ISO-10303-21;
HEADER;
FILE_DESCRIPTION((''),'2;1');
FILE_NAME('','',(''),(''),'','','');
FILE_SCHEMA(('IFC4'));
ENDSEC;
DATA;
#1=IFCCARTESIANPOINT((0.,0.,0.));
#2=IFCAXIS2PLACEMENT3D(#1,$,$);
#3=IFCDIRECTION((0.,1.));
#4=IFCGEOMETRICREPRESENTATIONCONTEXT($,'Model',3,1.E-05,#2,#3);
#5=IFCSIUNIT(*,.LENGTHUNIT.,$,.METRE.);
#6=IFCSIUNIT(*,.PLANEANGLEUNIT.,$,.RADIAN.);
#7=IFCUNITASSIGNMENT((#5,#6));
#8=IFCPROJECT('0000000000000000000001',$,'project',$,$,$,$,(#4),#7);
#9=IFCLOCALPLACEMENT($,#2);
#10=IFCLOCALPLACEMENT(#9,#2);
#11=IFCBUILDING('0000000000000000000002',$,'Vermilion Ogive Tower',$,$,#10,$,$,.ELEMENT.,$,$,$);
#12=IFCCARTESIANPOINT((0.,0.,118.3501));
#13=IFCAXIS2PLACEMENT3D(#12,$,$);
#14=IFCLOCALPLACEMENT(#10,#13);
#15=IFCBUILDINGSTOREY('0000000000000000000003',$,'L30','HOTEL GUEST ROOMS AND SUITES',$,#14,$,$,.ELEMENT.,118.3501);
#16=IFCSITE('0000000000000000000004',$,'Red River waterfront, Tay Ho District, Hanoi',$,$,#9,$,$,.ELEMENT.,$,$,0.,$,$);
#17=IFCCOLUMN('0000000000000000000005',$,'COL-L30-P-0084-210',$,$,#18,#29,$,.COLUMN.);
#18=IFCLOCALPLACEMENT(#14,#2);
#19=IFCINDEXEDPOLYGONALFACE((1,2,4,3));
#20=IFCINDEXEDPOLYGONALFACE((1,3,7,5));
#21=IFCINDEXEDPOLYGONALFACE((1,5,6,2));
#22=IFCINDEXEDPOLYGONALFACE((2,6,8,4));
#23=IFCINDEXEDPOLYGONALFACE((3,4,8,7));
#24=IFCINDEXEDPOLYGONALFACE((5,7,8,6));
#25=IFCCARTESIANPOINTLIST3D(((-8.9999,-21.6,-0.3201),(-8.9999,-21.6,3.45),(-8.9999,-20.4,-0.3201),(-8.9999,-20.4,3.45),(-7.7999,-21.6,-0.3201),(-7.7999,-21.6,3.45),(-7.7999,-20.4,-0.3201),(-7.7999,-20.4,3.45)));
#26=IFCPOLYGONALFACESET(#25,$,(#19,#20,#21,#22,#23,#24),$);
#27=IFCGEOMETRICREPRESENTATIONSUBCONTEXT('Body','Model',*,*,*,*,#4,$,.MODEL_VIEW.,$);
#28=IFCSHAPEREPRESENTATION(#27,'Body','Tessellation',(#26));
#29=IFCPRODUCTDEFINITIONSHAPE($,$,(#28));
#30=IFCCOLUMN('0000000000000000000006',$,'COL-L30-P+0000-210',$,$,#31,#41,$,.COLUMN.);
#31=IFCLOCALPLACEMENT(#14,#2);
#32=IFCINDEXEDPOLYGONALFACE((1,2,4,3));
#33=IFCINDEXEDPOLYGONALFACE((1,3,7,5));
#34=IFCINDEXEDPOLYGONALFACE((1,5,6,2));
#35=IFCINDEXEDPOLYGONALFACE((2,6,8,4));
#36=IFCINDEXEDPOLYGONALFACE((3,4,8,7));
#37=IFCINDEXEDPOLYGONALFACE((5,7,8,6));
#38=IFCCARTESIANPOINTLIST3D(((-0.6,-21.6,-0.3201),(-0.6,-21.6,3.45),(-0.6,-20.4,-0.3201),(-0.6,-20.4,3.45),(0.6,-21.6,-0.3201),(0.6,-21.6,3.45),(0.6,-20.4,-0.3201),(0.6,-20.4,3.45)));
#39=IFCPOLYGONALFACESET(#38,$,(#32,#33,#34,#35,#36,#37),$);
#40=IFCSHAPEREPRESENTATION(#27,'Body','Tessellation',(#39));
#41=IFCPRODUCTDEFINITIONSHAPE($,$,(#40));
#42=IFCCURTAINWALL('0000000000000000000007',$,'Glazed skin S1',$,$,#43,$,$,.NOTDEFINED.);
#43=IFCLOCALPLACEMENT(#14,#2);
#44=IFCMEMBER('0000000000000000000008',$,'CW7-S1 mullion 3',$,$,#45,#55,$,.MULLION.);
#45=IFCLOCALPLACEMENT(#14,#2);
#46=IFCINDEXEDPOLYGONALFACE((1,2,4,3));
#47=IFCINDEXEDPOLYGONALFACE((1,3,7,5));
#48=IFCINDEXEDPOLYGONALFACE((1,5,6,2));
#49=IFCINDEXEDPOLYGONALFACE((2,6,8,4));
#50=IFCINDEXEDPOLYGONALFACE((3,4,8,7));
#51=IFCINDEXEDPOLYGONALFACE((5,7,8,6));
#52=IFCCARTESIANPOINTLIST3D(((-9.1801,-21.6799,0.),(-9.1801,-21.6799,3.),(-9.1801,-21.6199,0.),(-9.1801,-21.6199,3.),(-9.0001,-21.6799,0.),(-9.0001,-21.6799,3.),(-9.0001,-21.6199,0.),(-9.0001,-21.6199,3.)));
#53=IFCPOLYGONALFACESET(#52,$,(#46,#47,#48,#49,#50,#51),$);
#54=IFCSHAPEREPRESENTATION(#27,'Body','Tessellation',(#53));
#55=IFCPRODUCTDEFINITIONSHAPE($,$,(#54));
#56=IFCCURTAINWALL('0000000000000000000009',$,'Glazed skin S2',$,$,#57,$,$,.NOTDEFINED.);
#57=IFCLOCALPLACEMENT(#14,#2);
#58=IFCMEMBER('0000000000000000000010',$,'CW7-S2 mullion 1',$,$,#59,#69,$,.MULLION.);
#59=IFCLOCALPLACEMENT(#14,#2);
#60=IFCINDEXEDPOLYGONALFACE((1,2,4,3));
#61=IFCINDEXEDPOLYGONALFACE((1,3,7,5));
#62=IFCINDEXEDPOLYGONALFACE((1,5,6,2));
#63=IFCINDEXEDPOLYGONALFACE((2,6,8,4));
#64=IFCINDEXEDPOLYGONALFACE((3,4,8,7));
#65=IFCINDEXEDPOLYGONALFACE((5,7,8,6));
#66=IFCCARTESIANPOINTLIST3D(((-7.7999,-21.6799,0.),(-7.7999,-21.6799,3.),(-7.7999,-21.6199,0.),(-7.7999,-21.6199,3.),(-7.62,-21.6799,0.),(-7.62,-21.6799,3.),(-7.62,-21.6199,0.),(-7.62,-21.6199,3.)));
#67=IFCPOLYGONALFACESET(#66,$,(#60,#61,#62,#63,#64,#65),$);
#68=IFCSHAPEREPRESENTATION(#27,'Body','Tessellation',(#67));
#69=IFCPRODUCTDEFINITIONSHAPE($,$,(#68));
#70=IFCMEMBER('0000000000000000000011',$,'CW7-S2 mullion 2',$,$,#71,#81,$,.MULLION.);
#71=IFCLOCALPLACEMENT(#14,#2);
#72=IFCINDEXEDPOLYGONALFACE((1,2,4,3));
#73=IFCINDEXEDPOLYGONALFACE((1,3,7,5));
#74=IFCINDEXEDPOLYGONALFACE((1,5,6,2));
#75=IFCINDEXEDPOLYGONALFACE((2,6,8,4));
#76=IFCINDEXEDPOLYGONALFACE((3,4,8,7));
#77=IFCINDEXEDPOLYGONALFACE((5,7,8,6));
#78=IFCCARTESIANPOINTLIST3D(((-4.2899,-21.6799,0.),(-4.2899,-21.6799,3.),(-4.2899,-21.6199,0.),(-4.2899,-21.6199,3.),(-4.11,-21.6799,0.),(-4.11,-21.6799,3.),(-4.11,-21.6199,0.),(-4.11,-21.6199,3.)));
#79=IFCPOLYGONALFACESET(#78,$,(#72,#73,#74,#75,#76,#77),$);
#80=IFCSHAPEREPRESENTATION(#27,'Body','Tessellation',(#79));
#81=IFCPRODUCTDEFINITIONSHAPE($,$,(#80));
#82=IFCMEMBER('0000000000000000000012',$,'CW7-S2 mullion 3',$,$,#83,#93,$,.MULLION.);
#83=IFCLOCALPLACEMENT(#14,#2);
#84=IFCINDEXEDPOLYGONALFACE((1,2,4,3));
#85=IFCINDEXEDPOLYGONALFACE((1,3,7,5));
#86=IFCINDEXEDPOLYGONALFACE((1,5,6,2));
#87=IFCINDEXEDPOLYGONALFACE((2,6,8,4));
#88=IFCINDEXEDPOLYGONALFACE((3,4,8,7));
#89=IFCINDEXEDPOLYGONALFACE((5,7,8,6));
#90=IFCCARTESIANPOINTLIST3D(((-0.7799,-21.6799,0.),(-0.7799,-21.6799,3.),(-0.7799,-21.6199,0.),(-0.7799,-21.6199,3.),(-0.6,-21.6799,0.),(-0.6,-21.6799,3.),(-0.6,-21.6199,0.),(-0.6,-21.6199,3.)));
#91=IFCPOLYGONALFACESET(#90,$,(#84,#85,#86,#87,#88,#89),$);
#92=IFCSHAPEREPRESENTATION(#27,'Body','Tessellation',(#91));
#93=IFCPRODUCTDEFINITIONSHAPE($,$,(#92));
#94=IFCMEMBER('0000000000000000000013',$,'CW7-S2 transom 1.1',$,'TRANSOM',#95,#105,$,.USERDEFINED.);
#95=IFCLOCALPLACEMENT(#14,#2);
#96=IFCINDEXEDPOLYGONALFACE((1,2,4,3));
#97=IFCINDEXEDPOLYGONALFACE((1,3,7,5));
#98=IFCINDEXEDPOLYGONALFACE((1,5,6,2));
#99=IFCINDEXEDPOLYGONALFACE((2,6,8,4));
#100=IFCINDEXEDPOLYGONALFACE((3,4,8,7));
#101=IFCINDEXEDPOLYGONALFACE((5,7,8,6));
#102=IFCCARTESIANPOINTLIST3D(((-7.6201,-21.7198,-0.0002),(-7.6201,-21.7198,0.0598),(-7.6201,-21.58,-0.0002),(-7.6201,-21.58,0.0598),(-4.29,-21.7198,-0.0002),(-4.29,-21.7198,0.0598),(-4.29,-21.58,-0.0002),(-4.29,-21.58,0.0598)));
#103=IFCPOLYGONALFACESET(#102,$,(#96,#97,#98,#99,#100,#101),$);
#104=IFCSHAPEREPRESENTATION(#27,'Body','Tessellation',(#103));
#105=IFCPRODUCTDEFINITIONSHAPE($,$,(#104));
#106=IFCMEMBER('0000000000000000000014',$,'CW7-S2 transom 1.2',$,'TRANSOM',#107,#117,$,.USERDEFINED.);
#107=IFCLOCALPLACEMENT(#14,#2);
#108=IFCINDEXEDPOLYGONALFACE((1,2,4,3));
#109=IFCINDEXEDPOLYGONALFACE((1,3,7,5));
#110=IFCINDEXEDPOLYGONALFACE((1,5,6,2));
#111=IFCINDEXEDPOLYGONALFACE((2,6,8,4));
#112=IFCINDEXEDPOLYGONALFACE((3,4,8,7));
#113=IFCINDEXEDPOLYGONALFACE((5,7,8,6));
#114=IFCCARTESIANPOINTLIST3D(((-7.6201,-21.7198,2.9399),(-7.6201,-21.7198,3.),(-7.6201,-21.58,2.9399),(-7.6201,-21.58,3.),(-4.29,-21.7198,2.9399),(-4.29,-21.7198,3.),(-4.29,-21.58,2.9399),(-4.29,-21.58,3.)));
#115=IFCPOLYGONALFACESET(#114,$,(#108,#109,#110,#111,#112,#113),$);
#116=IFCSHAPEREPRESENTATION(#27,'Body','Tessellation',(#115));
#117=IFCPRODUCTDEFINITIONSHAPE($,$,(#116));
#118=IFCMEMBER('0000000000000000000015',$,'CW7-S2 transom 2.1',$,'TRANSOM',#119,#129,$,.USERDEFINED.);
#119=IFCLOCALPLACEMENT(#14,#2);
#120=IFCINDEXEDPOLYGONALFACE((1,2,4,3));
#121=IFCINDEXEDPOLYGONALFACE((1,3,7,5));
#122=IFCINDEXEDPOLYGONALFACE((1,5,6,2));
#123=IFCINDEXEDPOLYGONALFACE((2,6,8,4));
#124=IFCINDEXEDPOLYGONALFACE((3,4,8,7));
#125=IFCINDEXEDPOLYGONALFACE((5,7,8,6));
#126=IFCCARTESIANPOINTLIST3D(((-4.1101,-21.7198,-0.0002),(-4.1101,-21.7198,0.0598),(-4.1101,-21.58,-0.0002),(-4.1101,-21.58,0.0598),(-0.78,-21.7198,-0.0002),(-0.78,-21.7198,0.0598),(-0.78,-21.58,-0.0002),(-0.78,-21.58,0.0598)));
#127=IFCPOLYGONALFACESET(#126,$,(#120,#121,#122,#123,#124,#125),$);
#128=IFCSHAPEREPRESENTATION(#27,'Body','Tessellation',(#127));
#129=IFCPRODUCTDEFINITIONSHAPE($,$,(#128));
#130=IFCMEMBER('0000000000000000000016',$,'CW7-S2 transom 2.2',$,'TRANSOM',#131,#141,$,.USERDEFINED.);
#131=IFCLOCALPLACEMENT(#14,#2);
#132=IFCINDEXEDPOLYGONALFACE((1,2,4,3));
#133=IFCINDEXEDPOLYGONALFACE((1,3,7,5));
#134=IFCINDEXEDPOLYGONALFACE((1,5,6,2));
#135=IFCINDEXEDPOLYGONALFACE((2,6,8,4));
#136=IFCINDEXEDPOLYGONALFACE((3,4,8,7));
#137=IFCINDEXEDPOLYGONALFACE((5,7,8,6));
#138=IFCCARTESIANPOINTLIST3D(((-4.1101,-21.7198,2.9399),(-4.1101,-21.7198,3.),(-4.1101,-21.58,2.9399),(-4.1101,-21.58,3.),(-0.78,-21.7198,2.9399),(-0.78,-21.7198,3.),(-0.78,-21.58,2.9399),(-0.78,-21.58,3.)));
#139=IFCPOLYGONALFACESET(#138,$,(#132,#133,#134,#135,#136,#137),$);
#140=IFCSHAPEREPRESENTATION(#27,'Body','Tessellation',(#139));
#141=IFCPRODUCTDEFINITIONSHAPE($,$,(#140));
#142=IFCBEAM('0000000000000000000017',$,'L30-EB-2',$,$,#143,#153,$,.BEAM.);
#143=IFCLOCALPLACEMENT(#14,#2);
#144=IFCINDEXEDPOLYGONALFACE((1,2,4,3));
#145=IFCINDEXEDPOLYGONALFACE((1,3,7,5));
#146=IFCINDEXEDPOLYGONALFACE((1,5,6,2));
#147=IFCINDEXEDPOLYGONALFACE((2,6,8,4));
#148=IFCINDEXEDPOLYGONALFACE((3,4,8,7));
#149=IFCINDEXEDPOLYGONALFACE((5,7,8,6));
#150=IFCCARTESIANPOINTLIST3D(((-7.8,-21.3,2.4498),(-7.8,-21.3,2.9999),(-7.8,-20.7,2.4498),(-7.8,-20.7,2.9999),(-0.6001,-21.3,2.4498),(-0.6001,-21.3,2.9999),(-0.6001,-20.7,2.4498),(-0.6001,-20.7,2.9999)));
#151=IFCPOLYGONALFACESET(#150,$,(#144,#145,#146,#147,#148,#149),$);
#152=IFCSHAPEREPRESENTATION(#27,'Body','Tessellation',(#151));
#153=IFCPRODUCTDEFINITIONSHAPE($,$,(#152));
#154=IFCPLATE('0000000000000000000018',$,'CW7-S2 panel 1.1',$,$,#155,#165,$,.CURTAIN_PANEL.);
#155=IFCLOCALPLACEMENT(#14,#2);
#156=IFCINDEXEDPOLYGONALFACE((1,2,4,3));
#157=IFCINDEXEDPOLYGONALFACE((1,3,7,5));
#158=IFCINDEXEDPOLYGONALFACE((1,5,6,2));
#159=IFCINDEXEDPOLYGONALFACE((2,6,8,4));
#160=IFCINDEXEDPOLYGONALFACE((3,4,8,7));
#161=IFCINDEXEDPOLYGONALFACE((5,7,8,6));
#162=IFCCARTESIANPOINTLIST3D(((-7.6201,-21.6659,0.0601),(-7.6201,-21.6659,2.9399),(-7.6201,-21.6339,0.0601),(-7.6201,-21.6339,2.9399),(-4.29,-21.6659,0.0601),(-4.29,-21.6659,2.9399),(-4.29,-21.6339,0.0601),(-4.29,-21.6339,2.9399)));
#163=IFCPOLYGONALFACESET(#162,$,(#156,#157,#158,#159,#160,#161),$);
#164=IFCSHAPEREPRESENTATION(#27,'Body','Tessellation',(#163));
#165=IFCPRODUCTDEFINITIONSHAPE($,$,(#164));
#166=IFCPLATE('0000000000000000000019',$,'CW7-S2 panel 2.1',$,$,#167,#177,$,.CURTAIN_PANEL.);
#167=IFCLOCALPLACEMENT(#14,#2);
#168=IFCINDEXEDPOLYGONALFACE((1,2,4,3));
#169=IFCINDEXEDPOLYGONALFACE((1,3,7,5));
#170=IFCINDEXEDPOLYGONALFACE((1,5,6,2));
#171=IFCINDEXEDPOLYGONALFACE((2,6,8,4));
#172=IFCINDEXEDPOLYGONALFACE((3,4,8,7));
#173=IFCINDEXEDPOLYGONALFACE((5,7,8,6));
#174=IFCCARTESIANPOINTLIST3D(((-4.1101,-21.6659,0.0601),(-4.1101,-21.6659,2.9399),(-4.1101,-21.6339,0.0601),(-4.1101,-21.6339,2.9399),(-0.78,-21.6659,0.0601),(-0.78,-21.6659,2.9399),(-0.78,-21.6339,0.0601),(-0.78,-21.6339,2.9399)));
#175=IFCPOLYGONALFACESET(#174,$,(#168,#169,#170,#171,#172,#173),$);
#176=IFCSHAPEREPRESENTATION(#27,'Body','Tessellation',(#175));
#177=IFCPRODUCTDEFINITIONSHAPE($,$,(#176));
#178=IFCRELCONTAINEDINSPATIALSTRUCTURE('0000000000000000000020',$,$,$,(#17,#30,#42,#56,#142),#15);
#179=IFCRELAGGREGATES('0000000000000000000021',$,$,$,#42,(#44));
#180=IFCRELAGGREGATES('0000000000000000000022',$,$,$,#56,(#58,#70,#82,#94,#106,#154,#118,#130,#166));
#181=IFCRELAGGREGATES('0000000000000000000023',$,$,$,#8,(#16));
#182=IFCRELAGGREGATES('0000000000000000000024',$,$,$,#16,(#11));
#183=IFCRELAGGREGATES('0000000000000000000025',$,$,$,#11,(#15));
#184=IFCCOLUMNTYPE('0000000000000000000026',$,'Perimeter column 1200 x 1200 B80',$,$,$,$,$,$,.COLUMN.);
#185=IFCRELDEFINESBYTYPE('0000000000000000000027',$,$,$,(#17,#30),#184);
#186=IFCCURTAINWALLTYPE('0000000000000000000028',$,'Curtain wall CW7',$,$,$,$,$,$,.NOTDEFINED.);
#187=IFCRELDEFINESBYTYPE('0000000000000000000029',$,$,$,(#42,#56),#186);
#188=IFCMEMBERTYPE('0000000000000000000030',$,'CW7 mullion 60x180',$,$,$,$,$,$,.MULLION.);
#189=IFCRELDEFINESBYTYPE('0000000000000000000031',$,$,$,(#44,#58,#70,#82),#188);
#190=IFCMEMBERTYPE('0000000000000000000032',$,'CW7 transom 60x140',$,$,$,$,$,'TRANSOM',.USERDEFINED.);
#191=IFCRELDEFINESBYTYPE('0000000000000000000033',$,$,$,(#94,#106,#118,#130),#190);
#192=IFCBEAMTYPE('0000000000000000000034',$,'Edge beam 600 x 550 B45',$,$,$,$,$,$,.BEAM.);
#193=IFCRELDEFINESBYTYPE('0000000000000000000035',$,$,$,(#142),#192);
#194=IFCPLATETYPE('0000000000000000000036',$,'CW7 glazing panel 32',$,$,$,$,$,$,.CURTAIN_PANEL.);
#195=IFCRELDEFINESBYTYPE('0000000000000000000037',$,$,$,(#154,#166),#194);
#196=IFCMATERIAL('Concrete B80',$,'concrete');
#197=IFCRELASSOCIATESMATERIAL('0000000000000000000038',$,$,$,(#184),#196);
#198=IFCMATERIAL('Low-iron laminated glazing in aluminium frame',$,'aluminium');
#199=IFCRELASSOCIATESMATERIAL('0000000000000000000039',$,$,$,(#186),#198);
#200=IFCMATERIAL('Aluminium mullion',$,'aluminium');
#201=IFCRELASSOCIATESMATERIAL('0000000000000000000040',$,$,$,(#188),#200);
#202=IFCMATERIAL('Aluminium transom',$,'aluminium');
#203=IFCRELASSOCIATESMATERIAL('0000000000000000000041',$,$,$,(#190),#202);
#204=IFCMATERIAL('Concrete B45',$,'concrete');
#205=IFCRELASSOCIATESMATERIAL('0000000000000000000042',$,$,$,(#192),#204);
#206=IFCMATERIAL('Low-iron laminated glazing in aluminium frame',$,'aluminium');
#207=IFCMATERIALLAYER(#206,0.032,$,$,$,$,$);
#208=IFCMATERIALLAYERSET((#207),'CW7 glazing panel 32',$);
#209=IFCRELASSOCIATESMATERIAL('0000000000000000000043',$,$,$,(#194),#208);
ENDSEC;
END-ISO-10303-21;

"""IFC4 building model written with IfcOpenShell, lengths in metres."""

from ifc_helpers import new_model, si_unit, direction, frame, origin, origin_2d, place, context, subcontext, project, spatial, rectangle, extrude, material, layer, layer_set, material_profile, profile_set, type_object, element, aggregate, save


model = new_model("IFC4")

# Units and contexts
model_context = context("Model", 3, precision=1e-05, world=origin(), true_north=direction((0.0, 1.0)))
body_context = subcontext(model_context, "Body", "Model", "MODEL_VIEW")
ifc_project = project(units=[si_unit("LENGTHUNIT", "METRE"), si_unit("PLANEANGLEUNIT", "RADIAN")], contexts=[model_context])

# Site, building, storey
site_placement = place(None, origin())
site = spatial("IfcSite", under=ifc_project, at=site_placement, Name="Red River waterfront, Tay Ho District, Hanoi", CompositionType="ELEMENT", RefElevation=0.0)
building_placement = place(site_placement, origin())
building = spatial("IfcBuilding", under=site, at=building_placement, Name="Vermilion Ogive Tower", CompositionType="ELEMENT")
storey_placement = place(building_placement, frame((0.0, 0.0, 118.3501)))
storey = spatial("IfcBuildingStorey", under=building, at=storey_placement, Name="L30", Description="HOTEL GUEST ROOMS AND SUITES", CompositionType="ELEMENT", Elevation=118.3501)

# Columns
ifc_material_1 = material(Name="Concrete B80", Category="concrete")
ifc_material_profile_1 = material_profile(ifc_material_1, rectangle(XDim=1.2, YDim=1.2, at=origin_2d()), Name="1200 x 1200")
ifc_profile_set_1 = profile_set([ifc_material_profile_1], Name="Concrete B80")
column_type = type_object("IfcColumnType", Name="Perimeter column 1200 x 1200 B80", PredefinedType="COLUMN", material=ifc_profile_set_1)
for number, where, z_axis, x_axis, name in (
    (1, (-8.3999, -21.0, -0.3201), (0.0, 0.0, 1.0), (1.0, 0.0, 0.0), "COL-L30-P-0084-210"),
    (2, (0.0, -21.0, -0.3201), (0.0, 0.0, 1.0), (1.0, 0.0, 0.0), "COL-L30-P+0000-210"),
):
    element("IfcColumn", number, at=place(storey_placement, frame(where, z_axis=z_axis, x_axis=x_axis)), inside=storey, type_object=column_type, Name=name, PredefinedType="COLUMN", context=body_context, shape_type="SweptSolid", body=[
        extrude(rectangle(XDim=1.2, YDim=1.2, at=origin_2d()), origin(), (0.0, 0.0, 1.0), 3.77),
    ])

# Curtain wall, member
ifc_material_2 = material(Name="Low-iron laminated glazing in aluminium frame", Category="aluminium")
curtain_wall_type = type_object("IfcCurtainWallType", Name="Curtain wall CW7", PredefinedType="NOTDEFINED", material=ifc_material_2)
curtain_wall_1_placement = place(storey_placement, origin())
curtain_wall_1 = element("IfcCurtainWall", 3, at=curtain_wall_1_placement, inside=storey, type_object=curtain_wall_type, Name="Glazed skin S1", PredefinedType="NOTDEFINED")
ifc_material_3 = material(Name="Aluminium mullion", Category="aluminium")
ifc_material_profile_2 = material_profile(ifc_material_3, rectangle(XDim=0.0601, YDim=0.1799, at=origin_2d()), Name="AL 60x180")
ifc_profile_set_2 = profile_set([ifc_material_profile_2], Name="Aluminium mullion")
member_type_1 = type_object("IfcMemberType", Name="CW7 mullion 60x180", PredefinedType="MULLION", material=ifc_profile_set_2)
member_1_placement = place(storey_placement, frame((-9.0901, -21.6499, 0.0), z_axis=(0.0, 0.0, 1.0), x_axis=(0.0, 1.0, 0.0)))
member_1 = element("IfcMember", 4, at=member_1_placement, type_object=member_type_1, Name="CW7-S1 mullion 3", PredefinedType="MULLION", context=body_context, shape_type="SweptSolid", body=[
    extrude(rectangle(XDim=0.0601, YDim=0.1799, at=origin_2d()), origin(), (0.0, 0.0, 1.0), 3.0),
])
aggregate(curtain_wall_1, [member_1])

# Curtain wall, members
curtain_wall_2_placement = place(storey_placement, origin())
curtain_wall_2 = element("IfcCurtainWall", 5, at=curtain_wall_2_placement, inside=storey, type_object=curtain_wall_type, Name="Glazed skin S2", PredefinedType="NOTDEFINED")
member_2_placement = place(storey_placement, frame((-7.71, -21.6499, 0.0), z_axis=(0.0, 0.0, 1.0), x_axis=(0.0, 1.0, 0.0)))
member_2 = element("IfcMember", 6, at=member_2_placement, type_object=member_type_1, Name="CW7-S2 mullion 1", PredefinedType="MULLION", context=body_context, shape_type="SweptSolid", body=[
    extrude(rectangle(XDim=0.0601, YDim=0.1799, at=origin_2d()), origin(), (0.0, 0.0, 1.0), 3.0),
])
member_3_placement = place(storey_placement, frame((-4.2, -21.6499, 0.0), z_axis=(0.0, 0.0, 1.0), x_axis=(0.0, 1.0, 0.0)))
member_3 = element("IfcMember", 7, at=member_3_placement, type_object=member_type_1, Name="CW7-S2 mullion 2", PredefinedType="MULLION", context=body_context, shape_type="SweptSolid", body=[
    extrude(rectangle(XDim=0.0601, YDim=0.1799, at=origin_2d()), origin(), (0.0, 0.0, 1.0), 3.0),
])
member_4_placement = place(storey_placement, frame((-0.6899, -21.6499, 0.0), z_axis=(0.0, 0.0, 1.0), x_axis=(0.0, 1.0, 0.0)))
member_4 = element("IfcMember", 8, at=member_4_placement, type_object=member_type_1, Name="CW7-S2 mullion 3", PredefinedType="MULLION", context=body_context, shape_type="SweptSolid", body=[
    extrude(rectangle(XDim=0.0601, YDim=0.1799, at=origin_2d()), origin(), (0.0, 0.0, 1.0), 3.0),
])
ifc_material_4 = material(Name="Aluminium transom", Category="aluminium")
ifc_material_profile_3 = material_profile(ifc_material_4, rectangle(XDim=0.1399, YDim=0.0601, at=origin_2d()), Name="AL 60x140")
ifc_profile_set_3 = profile_set([ifc_material_profile_3], Name="Aluminium transom")
member_type_2 = type_object("IfcMemberType", Name="CW7 transom 60x140", ElementType="TRANSOM", PredefinedType="USERDEFINED", material=ifc_profile_set_3)
member_5_placement = place(storey_placement, frame((-7.6201, -21.6499, 0.0298), z_axis=(1.0, 0.0, 0.0), x_axis=(0.0, 1.0, 0.0)))
member_5 = element("IfcMember", 9, at=member_5_placement, type_object=member_type_2, Name="CW7-S2 transom 1.1", ObjectType="TRANSOM", PredefinedType="USERDEFINED", context=body_context, shape_type="SweptSolid", body=[
    extrude(rectangle(XDim=0.1399, YDim=0.0601, at=origin_2d()), origin(), (0.0, 0.0, 1.0), 3.3301),
])
member_6_placement = place(storey_placement, frame((-7.6201, -21.6499, 2.97), z_axis=(1.0, 0.0, 0.0), x_axis=(0.0, 1.0, 0.0)))
member_6 = element("IfcMember", 10, at=member_6_placement, type_object=member_type_2, Name="CW7-S2 transom 1.2", ObjectType="TRANSOM", PredefinedType="USERDEFINED", context=body_context, shape_type="SweptSolid", body=[
    extrude(rectangle(XDim=0.1399, YDim=0.0601, at=origin_2d()), origin(), (0.0, 0.0, 1.0), 3.3301),
])
member_7_placement = place(storey_placement, frame((-4.1101, -21.6499, 0.0298), z_axis=(1.0, 0.0, 0.0), x_axis=(0.0, 1.0, 0.0)))
member_7 = element("IfcMember", 11, at=member_7_placement, type_object=member_type_2, Name="CW7-S2 transom 2.1", ObjectType="TRANSOM", PredefinedType="USERDEFINED", context=body_context, shape_type="SweptSolid", body=[
    extrude(rectangle(XDim=0.1399, YDim=0.0601, at=origin_2d()), origin(), (0.0, 0.0, 1.0), 3.3301),
])
member_8_placement = place(storey_placement, frame((-4.1101, -21.6499, 2.97), z_axis=(1.0, 0.0, 0.0), x_axis=(0.0, 1.0, 0.0)))
member_8 = element("IfcMember", 12, at=member_8_placement, type_object=member_type_2, Name="CW7-S2 transom 2.2", ObjectType="TRANSOM", PredefinedType="USERDEFINED", context=body_context, shape_type="SweptSolid", body=[
    extrude(rectangle(XDim=0.1399, YDim=0.0601, at=origin_2d()), origin(), (0.0, 0.0, 1.0), 3.3301),
])

# Beam
ifc_material_5 = material(Name="Concrete B45", Category="concrete")
ifc_material_profile_4 = material_profile(ifc_material_5, rectangle(XDim=0.6001, YDim=0.55, at=origin_2d()), Name="600 x 550")
ifc_profile_set_4 = profile_set([ifc_material_profile_4], Name="Concrete B45")
beam_type = type_object("IfcBeamType", Name="Edge beam 600 x 550 B45", PredefinedType="BEAM", material=ifc_profile_set_4)
beam_placement = place(storey_placement, frame((-7.8, -21.0, 2.7249), z_axis=(1.0, 0.0, 0.0), x_axis=(0.0, 1.0, 0.0)))
element("IfcBeam", 13, at=beam_placement, inside=storey, type_object=beam_type, Name="L30-EB-2", PredefinedType="BEAM", context=body_context, shape_type="SweptSolid", body=[
    extrude(rectangle(XDim=0.6001, YDim=0.55, at=origin_2d()), origin(), (0.0, 0.0, 1.0), 7.2),
])

# Plates
ifc_material_6 = material(Name="Low-iron laminated glazing in aluminium frame", Category="aluminium")
ifc_layer_1 = layer(ifc_material_6, 0.032)
ifc_layer_set_1 = layer_set([ifc_layer_1], Name="CW7 glazing panel 32")
plate_type = type_object("IfcPlateType", Name="CW7 glazing panel 32", PredefinedType="CURTAIN_PANEL", material=ifc_layer_set_1)
plate_1_placement = place(storey_placement, frame((-5.9551, -21.6499, 0.0601), z_axis=(0.0, 0.0, 1.0), x_axis=(1.0, 0.0, 0.0)))
plate_1 = element("IfcPlate", 14, at=plate_1_placement, type_object=plate_type, Name="CW7-S2 panel 1.1", PredefinedType="CURTAIN_PANEL", context=body_context, shape_type="SweptSolid", body=[
    extrude(rectangle(XDim=3.3301, YDim=0.032, at=origin_2d()), origin(), (0.0, 0.0, 1.0), 2.8799),
])
plate_2_placement = place(storey_placement, frame((-2.4451, -21.6499, 0.0601), z_axis=(0.0, 0.0, 1.0), x_axis=(1.0, 0.0, 0.0)))
plate_2 = element("IfcPlate", 15, at=plate_2_placement, type_object=plate_type, Name="CW7-S2 panel 2.1", PredefinedType="CURTAIN_PANEL", context=body_context, shape_type="SweptSolid", body=[
    extrude(rectangle(XDim=3.3301, YDim=0.032, at=origin_2d()), origin(), (0.0, 0.0, 1.0), 2.8799),
])
aggregate(curtain_wall_2, [member_2, member_3, member_4, member_5, member_6, plate_1, member_7, member_8, plate_2])

save(model, "model.ifc")
